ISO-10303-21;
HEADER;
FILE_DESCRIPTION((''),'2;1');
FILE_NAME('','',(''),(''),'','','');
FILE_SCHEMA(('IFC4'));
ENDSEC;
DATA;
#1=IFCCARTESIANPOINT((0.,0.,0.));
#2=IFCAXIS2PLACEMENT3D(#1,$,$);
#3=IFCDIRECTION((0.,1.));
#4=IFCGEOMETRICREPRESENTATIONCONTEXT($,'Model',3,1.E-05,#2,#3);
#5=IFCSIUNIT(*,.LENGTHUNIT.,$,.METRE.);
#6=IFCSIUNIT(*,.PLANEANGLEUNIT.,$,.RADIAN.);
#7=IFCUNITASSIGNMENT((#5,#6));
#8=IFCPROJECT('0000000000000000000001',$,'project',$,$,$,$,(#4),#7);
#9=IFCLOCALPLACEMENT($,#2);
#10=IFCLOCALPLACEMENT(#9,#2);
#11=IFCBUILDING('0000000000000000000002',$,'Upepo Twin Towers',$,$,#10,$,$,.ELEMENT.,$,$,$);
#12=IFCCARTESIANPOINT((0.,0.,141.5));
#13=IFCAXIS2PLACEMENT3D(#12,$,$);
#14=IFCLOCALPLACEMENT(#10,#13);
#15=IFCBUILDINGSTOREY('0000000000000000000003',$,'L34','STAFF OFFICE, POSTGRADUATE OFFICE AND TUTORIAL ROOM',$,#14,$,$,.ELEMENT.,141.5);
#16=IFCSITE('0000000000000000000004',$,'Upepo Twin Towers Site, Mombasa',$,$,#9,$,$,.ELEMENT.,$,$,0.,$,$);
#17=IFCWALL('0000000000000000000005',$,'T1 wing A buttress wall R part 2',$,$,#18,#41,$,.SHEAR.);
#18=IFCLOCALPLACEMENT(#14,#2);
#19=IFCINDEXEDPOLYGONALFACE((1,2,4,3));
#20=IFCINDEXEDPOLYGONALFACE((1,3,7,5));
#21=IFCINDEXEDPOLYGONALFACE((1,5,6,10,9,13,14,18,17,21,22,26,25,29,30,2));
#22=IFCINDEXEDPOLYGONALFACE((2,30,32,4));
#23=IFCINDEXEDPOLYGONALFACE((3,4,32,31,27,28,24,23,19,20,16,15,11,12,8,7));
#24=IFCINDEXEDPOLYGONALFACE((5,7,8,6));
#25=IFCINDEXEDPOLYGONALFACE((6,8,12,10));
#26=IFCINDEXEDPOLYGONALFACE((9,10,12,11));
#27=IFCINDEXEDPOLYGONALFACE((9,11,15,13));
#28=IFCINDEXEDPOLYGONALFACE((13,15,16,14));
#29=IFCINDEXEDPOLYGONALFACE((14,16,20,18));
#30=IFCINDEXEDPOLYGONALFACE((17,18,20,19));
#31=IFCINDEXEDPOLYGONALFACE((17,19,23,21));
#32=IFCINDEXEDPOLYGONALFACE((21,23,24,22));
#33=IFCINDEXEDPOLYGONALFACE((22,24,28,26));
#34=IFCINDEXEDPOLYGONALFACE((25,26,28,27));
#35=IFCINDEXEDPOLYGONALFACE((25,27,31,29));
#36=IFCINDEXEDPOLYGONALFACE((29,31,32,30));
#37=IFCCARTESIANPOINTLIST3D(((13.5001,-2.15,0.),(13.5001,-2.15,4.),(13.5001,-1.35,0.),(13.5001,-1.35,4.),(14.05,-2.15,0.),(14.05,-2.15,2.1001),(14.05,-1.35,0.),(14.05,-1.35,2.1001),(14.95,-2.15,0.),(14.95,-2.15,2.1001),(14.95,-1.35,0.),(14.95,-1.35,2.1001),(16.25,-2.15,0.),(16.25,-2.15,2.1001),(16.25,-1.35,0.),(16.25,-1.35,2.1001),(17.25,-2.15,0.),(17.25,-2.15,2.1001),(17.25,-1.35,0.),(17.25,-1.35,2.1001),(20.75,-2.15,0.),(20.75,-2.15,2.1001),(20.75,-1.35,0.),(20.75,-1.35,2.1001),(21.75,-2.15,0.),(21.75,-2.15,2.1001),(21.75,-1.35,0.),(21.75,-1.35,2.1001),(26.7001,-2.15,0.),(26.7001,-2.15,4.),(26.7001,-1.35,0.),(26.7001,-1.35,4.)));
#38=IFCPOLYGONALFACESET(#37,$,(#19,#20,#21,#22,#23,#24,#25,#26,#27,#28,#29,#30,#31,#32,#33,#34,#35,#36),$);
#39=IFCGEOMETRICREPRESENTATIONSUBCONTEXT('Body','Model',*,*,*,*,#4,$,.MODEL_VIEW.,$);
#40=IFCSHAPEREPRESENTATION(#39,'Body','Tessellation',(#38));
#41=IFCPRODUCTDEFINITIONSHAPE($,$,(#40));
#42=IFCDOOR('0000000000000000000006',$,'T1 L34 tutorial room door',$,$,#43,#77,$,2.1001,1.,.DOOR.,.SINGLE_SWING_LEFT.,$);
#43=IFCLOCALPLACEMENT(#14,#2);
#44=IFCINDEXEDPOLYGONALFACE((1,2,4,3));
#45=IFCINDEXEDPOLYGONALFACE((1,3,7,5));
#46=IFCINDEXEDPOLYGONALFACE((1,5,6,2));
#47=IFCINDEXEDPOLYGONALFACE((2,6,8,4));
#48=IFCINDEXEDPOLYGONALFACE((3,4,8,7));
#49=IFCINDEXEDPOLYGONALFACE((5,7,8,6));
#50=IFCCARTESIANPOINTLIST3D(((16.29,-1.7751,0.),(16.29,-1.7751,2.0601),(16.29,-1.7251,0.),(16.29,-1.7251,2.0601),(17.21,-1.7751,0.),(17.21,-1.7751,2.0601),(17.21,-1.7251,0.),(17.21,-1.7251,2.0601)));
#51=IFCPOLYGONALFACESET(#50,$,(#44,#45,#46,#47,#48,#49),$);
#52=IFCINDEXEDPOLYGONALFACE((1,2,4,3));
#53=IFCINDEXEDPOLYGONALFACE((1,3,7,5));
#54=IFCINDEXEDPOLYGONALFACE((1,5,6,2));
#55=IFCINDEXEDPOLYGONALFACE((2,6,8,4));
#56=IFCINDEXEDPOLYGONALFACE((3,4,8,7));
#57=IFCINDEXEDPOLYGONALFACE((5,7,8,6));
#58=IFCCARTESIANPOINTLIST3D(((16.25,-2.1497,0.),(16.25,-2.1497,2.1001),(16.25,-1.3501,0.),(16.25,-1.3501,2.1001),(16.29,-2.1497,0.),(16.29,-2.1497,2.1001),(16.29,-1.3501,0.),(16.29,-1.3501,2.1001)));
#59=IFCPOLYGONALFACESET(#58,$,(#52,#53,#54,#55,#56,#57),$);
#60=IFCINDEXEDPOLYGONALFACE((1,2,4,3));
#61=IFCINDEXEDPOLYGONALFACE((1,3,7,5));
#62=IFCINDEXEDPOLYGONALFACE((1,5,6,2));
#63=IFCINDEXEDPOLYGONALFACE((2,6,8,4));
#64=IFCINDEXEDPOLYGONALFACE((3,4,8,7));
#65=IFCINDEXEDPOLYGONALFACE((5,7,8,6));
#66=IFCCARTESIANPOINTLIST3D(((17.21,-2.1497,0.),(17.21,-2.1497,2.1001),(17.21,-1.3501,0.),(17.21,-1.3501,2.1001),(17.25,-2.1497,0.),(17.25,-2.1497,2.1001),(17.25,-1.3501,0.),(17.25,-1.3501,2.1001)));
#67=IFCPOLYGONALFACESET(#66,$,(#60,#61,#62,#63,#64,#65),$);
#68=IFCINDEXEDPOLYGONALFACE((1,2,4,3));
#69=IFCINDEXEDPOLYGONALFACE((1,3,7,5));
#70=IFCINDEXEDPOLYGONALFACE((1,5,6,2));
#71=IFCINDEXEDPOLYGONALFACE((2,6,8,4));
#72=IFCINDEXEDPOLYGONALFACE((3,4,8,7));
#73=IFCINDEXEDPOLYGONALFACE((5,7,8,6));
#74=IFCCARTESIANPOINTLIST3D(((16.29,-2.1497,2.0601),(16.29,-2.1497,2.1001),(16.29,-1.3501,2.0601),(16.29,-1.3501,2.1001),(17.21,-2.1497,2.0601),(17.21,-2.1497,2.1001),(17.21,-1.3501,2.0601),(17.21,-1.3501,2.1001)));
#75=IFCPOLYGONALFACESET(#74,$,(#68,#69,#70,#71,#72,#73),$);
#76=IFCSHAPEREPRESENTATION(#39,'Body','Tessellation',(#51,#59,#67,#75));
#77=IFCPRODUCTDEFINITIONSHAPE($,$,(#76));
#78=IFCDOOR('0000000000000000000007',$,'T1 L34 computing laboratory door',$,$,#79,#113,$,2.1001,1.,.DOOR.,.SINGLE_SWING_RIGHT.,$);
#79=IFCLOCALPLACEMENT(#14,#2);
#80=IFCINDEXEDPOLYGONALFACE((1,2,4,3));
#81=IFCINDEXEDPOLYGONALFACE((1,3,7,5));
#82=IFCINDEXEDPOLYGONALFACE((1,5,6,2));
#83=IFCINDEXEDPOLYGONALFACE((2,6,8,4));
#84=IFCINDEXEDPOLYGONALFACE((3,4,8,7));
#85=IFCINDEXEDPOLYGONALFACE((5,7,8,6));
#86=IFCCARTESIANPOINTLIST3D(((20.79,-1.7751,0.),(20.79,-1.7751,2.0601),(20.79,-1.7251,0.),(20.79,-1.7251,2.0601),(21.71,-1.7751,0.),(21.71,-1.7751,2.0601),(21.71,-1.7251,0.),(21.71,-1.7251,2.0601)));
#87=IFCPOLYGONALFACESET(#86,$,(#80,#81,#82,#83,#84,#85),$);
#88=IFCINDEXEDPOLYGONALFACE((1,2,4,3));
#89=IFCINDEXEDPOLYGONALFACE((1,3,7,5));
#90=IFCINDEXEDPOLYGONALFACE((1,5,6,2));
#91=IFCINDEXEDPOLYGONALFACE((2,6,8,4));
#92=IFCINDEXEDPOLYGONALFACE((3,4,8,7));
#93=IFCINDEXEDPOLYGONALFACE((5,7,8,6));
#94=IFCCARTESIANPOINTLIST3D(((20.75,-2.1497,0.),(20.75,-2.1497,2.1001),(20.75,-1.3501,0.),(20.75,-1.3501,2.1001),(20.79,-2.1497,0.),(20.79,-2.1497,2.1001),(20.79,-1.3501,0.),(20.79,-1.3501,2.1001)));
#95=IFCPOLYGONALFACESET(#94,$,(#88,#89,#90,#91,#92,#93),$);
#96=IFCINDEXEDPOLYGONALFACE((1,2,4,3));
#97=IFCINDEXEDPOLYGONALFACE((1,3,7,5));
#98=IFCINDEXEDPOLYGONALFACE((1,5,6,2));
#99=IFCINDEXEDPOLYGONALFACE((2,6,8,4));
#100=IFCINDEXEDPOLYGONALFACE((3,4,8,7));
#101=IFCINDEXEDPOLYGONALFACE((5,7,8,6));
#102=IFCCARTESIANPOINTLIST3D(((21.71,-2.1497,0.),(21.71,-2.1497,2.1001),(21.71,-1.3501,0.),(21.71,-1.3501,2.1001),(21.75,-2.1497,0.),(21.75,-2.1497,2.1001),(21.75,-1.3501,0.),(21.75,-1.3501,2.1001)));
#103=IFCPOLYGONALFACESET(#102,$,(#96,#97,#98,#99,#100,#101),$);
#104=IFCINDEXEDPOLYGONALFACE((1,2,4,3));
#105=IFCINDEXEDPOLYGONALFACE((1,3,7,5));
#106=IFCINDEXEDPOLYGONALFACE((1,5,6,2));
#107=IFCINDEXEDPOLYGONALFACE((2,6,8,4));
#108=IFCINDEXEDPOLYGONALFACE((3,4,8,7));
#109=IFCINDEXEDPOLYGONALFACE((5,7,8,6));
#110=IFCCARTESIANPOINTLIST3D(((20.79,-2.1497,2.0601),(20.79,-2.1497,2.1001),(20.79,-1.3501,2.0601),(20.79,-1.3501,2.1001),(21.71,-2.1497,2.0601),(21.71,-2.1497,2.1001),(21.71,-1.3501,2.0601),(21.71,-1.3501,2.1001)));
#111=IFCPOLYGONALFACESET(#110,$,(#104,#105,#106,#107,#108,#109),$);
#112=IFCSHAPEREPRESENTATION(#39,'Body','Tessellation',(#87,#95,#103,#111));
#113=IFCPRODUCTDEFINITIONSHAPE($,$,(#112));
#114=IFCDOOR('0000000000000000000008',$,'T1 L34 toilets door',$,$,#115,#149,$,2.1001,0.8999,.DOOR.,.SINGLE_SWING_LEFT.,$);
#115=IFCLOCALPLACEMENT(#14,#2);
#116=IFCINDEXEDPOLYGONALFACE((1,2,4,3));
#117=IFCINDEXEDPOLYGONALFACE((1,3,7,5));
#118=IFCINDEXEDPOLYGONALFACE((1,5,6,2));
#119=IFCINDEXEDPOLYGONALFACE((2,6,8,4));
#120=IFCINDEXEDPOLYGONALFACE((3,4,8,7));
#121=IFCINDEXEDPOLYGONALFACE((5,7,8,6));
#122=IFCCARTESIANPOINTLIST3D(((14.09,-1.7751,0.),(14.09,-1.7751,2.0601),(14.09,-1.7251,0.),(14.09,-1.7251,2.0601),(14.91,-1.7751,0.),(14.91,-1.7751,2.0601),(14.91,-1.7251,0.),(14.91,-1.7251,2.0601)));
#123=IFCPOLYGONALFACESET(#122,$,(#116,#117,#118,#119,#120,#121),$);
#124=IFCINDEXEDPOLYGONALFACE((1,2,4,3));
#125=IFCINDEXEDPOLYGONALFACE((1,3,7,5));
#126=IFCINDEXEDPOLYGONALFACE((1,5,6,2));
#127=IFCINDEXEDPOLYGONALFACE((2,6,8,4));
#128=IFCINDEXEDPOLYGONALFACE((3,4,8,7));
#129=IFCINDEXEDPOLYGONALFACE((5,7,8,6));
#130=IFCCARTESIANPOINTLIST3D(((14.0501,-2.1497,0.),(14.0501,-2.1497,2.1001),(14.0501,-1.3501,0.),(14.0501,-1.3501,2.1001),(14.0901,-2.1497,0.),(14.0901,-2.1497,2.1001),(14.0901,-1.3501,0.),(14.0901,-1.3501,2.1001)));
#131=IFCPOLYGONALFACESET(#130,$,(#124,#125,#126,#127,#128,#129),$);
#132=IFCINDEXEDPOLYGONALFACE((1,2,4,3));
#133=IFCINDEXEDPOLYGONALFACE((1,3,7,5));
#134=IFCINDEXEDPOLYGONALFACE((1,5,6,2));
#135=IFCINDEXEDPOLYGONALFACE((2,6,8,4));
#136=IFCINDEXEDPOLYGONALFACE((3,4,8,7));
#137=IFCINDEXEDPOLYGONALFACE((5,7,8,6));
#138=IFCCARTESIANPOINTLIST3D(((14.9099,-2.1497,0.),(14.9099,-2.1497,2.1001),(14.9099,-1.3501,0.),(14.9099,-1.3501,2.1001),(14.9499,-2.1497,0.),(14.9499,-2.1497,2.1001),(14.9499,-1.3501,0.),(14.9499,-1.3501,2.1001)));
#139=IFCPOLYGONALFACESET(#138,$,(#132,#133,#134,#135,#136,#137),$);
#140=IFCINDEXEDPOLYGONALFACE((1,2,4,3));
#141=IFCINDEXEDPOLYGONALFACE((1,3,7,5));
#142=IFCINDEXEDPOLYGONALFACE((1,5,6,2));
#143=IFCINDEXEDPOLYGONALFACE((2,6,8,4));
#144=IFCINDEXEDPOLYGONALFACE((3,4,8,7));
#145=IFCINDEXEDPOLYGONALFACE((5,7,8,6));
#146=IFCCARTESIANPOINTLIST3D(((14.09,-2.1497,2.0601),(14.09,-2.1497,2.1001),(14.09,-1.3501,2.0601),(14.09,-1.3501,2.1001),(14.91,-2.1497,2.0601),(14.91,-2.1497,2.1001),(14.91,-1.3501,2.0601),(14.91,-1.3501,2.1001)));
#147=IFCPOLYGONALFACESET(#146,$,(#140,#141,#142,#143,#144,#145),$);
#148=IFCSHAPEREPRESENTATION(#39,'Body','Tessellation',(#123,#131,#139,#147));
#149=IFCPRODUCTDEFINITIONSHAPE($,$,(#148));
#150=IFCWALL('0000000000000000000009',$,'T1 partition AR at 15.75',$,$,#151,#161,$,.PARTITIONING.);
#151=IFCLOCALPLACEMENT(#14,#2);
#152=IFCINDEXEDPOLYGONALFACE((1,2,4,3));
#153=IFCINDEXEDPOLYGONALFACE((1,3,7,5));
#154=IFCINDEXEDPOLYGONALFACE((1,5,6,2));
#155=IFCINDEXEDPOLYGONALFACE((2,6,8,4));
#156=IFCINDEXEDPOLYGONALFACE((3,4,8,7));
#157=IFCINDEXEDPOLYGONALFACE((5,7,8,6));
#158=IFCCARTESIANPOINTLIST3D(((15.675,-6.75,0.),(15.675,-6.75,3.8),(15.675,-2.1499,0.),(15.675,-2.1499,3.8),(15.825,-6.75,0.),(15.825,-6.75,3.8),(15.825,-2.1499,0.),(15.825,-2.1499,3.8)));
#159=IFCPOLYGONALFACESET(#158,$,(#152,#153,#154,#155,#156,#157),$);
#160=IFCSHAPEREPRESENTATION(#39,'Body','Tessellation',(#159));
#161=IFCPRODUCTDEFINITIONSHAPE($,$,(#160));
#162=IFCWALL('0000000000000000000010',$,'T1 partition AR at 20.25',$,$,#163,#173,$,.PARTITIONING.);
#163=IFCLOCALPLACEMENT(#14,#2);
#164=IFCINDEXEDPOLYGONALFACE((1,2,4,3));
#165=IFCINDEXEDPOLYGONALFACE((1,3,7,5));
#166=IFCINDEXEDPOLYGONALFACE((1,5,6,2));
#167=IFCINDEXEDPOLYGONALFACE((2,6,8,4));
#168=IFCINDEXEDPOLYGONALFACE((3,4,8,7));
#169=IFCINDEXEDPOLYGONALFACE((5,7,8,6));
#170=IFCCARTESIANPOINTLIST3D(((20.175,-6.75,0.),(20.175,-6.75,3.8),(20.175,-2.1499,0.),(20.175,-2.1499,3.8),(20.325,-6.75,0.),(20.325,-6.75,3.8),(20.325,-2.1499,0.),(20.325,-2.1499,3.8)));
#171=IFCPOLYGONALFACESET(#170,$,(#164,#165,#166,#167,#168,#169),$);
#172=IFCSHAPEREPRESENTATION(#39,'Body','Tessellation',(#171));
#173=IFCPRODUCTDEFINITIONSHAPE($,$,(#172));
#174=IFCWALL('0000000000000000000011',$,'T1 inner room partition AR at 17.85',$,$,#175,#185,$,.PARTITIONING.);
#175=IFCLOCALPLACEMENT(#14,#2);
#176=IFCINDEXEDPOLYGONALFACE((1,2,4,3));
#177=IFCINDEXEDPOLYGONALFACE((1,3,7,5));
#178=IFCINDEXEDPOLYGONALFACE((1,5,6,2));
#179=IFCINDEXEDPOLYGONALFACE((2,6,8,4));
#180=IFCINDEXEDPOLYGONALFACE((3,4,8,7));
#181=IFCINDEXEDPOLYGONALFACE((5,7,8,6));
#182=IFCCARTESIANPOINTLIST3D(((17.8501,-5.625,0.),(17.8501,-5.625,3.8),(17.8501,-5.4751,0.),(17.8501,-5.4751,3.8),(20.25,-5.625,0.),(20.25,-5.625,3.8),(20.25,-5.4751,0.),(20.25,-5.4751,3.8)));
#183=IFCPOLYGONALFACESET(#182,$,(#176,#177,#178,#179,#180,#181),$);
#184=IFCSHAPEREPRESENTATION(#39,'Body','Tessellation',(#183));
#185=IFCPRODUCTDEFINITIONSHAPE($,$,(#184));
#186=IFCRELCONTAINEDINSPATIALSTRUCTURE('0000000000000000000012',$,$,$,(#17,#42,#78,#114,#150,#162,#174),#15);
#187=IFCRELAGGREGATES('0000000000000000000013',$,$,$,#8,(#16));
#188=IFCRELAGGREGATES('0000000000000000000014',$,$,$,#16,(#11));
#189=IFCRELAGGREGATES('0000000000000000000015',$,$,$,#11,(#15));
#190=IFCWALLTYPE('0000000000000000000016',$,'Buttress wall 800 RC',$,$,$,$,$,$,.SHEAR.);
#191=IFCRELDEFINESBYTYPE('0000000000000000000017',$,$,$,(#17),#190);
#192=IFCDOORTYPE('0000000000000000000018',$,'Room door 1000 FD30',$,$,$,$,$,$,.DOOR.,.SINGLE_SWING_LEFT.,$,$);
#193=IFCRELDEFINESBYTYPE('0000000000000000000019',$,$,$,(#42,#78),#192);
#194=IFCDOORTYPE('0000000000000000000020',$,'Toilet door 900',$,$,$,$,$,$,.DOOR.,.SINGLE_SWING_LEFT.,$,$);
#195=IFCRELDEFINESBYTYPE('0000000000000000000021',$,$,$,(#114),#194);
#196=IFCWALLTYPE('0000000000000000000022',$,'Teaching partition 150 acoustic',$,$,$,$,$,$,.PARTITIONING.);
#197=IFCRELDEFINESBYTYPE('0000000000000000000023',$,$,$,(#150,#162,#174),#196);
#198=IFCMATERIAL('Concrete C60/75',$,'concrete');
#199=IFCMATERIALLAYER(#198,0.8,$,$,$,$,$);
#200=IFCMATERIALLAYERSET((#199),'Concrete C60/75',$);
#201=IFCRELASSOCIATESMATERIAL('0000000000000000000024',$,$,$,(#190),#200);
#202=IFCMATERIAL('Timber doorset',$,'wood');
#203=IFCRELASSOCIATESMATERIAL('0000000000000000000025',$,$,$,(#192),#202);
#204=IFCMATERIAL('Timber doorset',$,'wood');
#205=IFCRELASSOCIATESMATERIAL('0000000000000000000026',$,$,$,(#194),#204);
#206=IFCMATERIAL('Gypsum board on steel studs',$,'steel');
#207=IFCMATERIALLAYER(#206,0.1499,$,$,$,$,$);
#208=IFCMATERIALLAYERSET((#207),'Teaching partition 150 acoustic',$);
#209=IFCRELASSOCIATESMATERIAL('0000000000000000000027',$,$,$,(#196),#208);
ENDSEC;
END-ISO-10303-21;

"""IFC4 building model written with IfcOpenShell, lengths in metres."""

from ifc_helpers import new_model, si_unit, direction, frame, frame_2d, origin, place, context, subcontext, project, spatial, rectangle, extrude, material, layer, layer_set, type_object, element, fill, save


model = new_model("IFC4")

# Units and contexts
model_context = context("Model", 3, precision=1e-05, world=origin(), true_north=direction((0.0, 1.0)))
body_context = subcontext(model_context, "Body", "Model", "MODEL_VIEW")
ifc_project = project(units=[si_unit("LENGTHUNIT", "METRE"), si_unit("PLANEANGLEUNIT", "RADIAN")], contexts=[model_context])

# Site, building, storey
site_placement = place(None, origin())
site = spatial("IfcSite", under=ifc_project, at=site_placement, Name="Upepo Twin Towers Site, Mombasa", CompositionType="ELEMENT", RefElevation=0.0)
building_placement = place(site_placement, origin())
building = spatial("IfcBuilding", under=site, at=building_placement, Name="Upepo Twin Towers", CompositionType="ELEMENT")
storey_placement = place(building_placement, frame((0.0, 0.0, 141.5)))
storey = spatial("IfcBuildingStorey", under=building, at=storey_placement, Name="L34", Description="STAFF OFFICE, POSTGRADUATE OFFICE AND TUTORIAL ROOM", CompositionType="ELEMENT", Elevation=141.5)

# Wall, openings, doors
ifc_material_1 = material(Name="Concrete C60/75", Category="concrete")
ifc_layer_1 = layer(ifc_material_1, 0.8)
ifc_layer_set_1 = layer_set([ifc_layer_1], Name="Concrete C60/75")
wall_type_1 = type_object("IfcWallType", Name="Buttress wall 800 RC", PredefinedType="SHEAR", material=ifc_layer_set_1)
ifc_material_2 = material(Name="Timber doorset", Category="wood")
door_type_1 = type_object("IfcDoorType", Name="Room door 1000 FD30", OperationType="SINGLE_SWING_LEFT", PredefinedType="DOOR", material=ifc_material_2)
ifc_material_3 = material(Name="Timber doorset", Category="wood")
door_type_2 = type_object("IfcDoorType", Name="Toilet door 900", OperationType="SINGLE_SWING_LEFT", PredefinedType="DOOR", material=ifc_material_3)
wall_1_placement = place(storey_placement, frame((13.5, -1.75, 0.0), z_axis=(0.0, 0.0, 1.0), x_axis=(1.0, 0.0, 0.0)))
wall_1 = element("IfcWall", 1, at=wall_1_placement, inside=storey, type_object=wall_type_1, Name="T1 wing A buttress wall R part 2", PredefinedType="SHEAR", context=body_context, shape_type="SweptSolid", body=[
    extrude(rectangle(XDim=13.2, YDim=0.8, at=frame_2d((6.6001, 0.0))), origin(), (0.0, 0.0, 1.0), 4.0),
])
opening_1_placement = place(wall_1_placement, frame((0.55, 0.0, 0.0)))
opening_1 = element("IfcOpeningElement", 2, at=opening_1_placement, cuts=wall_1, PredefinedType="OPENING", context=body_context, shape_type="SweptSolid", body=[
    extrude(rectangle(XDim=0.8999, YDim=2.1001, at=frame_2d((0.45, 1.05))), frame((0.0, 0.4099, 0.0), z_axis=(0.0, -1.0, 0.0), x_axis=(1.0, 0.0, 0.0)), (0.0, 0.0, 1.0), 0.8201),
])
opening_2_placement = place(wall_1_placement, frame((2.75, 0.0, 0.0)))
opening_2 = element("IfcOpeningElement", 3, at=opening_2_placement, cuts=wall_1, PredefinedType="OPENING", context=body_context, shape_type="SweptSolid", body=[
    extrude(rectangle(XDim=1.0, YDim=2.1001, at=frame_2d((0.5, 1.05))), frame((0.0, 0.4099, 0.0), z_axis=(0.0, -1.0, 0.0), x_axis=(1.0, 0.0, 0.0)), (0.0, 0.0, 1.0), 0.8201),
])
opening_3_placement = place(wall_1_placement, frame((7.25, 0.0, 0.0)))
opening_3 = element("IfcOpeningElement", 4, at=opening_3_placement, cuts=wall_1, PredefinedType="OPENING", context=body_context, shape_type="SweptSolid", body=[
    extrude(rectangle(XDim=1.0, YDim=2.1001, at=frame_2d((0.5, 1.05))), frame((0.0, 0.4099, 0.0), z_axis=(0.0, -1.0, 0.0), x_axis=(1.0, 0.0, 0.0)), (0.0, 0.0, 1.0), 0.8201),
])
door_1_placement = place(opening_2_placement, origin())
door_1 = element("IfcDoor", 5, at=door_1_placement, inside=storey, type_object=door_type_1, Name="T1 L34 tutorial room door", OperationType="SINGLE_SWING_LEFT", OverallHeight=2.1001, OverallWidth=1.0, PredefinedType="DOOR", context=body_context, shape_type="SweptSolid", body=[
    extrude(rectangle(XDim=0.92, YDim=2.0601, at=frame_2d((0.5, 1.03))), frame((0.0, 0.0249, 0.0), z_axis=(0.0, -1.0, 0.0), x_axis=(1.0, 0.0, 0.0)), (0.0, 0.0, 1.0), 0.05),
    extrude(rectangle(XDim=0.04, YDim=2.1001, at=frame_2d((0.02, 1.05))), frame((0.0, 0.3999, 0.0), z_axis=(0.0, -1.0, 0.0), x_axis=(1.0, 0.0, 0.0)), (0.0, 0.0, 1.0), 0.7996),
    extrude(rectangle(XDim=0.04, YDim=2.1001, at=frame_2d((0.98, 1.05))), frame((0.0, 0.3999, 0.0), z_axis=(0.0, -1.0, 0.0), x_axis=(1.0, 0.0, 0.0)), (0.0, 0.0, 1.0), 0.7996),
    extrude(rectangle(XDim=0.92, YDim=0.04, at=frame_2d((0.5, 2.0801))), frame((0.0, 0.3999, 0.0), z_axis=(0.0, -1.0, 0.0), x_axis=(1.0, 0.0, 0.0)), (0.0, 0.0, 1.0), 0.7996),
])
fill(opening_2, door_1)
door_2_placement = place(opening_3_placement, origin())
door_2 = element("IfcDoor", 6, at=door_2_placement, inside=storey, type_object=door_type_1, Name="T1 L34 computing laboratory door", OperationType="SINGLE_SWING_RIGHT", OverallHeight=2.1001, OverallWidth=1.0, PredefinedType="DOOR", context=body_context, shape_type="SweptSolid", body=[
    extrude(rectangle(XDim=0.92, YDim=2.0601, at=frame_2d((0.5, 1.03))), frame((0.0, 0.0249, 0.0), z_axis=(0.0, -1.0, 0.0), x_axis=(1.0, 0.0, 0.0)), (0.0, 0.0, 1.0), 0.05),
    extrude(rectangle(XDim=0.04, YDim=2.1001, at=frame_2d((0.02, 1.05))), frame((0.0, 0.3999, 0.0), z_axis=(0.0, -1.0, 0.0), x_axis=(1.0, 0.0, 0.0)), (0.0, 0.0, 1.0), 0.7996),
    extrude(rectangle(XDim=0.04, YDim=2.1001, at=frame_2d((0.98, 1.05))), frame((0.0, 0.3999, 0.0), z_axis=(0.0, -1.0, 0.0), x_axis=(1.0, 0.0, 0.0)), (0.0, 0.0, 1.0), 0.7996),
    extrude(rectangle(XDim=0.92, YDim=0.04, at=frame_2d((0.5, 2.0801))), frame((0.0, 0.3999, 0.0), z_axis=(0.0, -1.0, 0.0), x_axis=(1.0, 0.0, 0.0)), (0.0, 0.0, 1.0), 0.7996),
])
fill(opening_3, door_2)
door_3_placement = place(opening_1_placement, origin())
door_3 = element("IfcDoor", 7, at=door_3_placement, inside=storey, type_object=door_type_2, Name="T1 L34 toilets door", OperationType="SINGLE_SWING_LEFT", OverallHeight=2.1001, OverallWidth=0.8999, PredefinedType="DOOR", context=body_context, shape_type="SweptSolid", body=[
    extrude(rectangle(XDim=0.8199, YDim=2.0601, at=frame_2d((0.45, 1.03))), frame((0.0, 0.0249, 0.0), z_axis=(0.0, -1.0, 0.0), x_axis=(1.0, 0.0, 0.0)), (0.0, 0.0, 1.0), 0.05),
    extrude(rectangle(XDim=0.04, YDim=2.1001, at=frame_2d((0.02, 1.05))), frame((0.0, 0.3999, 0.0), z_axis=(0.0, -1.0, 0.0), x_axis=(1.0, 0.0, 0.0)), (0.0, 0.0, 1.0), 0.7996),
    extrude(rectangle(XDim=0.04, YDim=2.1001, at=frame_2d((0.8799, 1.05))), frame((0.0, 0.3999, 0.0), z_axis=(0.0, -1.0, 0.0), x_axis=(1.0, 0.0, 0.0)), (0.0, 0.0, 1.0), 0.7996),
    extrude(rectangle(XDim=0.8199, YDim=0.04, at=frame_2d((0.45, 2.0801))), frame((0.0, 0.3999, 0.0), z_axis=(0.0, -1.0, 0.0), x_axis=(1.0, 0.0, 0.0)), (0.0, 0.0, 1.0), 0.7996),
])
fill(opening_1, door_3)

# Walls
ifc_material_4 = material(Name="Gypsum board on steel studs", Category="steel")
ifc_layer_2 = layer(ifc_material_4, 0.1499)
ifc_layer_set_2 = layer_set([ifc_layer_2], Name="Teaching partition 150 acoustic")
wall_type_2 = type_object("IfcWallType", Name="Teaching partition 150 acoustic", PredefinedType="PARTITIONING", material=ifc_layer_set_2)
for number, where, z_axis, x_axis, name in (
    (8, (15.75, -2.1499, 0.0), (0.0, 0.0, 1.0), (0.0, -1.0, 0.0), "T1 partition AR at 15.75"),
    (9, (20.25, -2.1499, 0.0), (0.0, 0.0, 1.0), (0.0, -1.0, 0.0), "T1 partition AR at 20.25"),
):
    element("IfcWall", number, at=place(storey_placement, frame(where, z_axis=z_axis, x_axis=x_axis)), inside=storey, type_object=wall_type_2, Name=name, PredefinedType="PARTITIONING", context=body_context, shape_type="SweptSolid", body=[
        extrude(rectangle(XDim=4.6001, YDim=0.1499, at=frame_2d((2.3, 0.0))), origin(), (0.0, 0.0, 1.0), 3.8),
    ])
wall_2_placement = place(storey_placement, frame((17.8501, -5.55, 0.0), z_axis=(0.0, 0.0, 1.0), x_axis=(1.0, 0.0, 0.0)))
element("IfcWall", 10, at=wall_2_placement, inside=storey, type_object=wall_type_2, Name="T1 inner room partition AR at 17.85", PredefinedType="PARTITIONING", context=body_context, shape_type="SweptSolid", body=[
    extrude(rectangle(XDim=2.3999, YDim=0.1499, at=frame_2d((1.2, 0.0))), origin(), (0.0, 0.0, 1.0), 3.8),
])

save(model, "model.ifc")
